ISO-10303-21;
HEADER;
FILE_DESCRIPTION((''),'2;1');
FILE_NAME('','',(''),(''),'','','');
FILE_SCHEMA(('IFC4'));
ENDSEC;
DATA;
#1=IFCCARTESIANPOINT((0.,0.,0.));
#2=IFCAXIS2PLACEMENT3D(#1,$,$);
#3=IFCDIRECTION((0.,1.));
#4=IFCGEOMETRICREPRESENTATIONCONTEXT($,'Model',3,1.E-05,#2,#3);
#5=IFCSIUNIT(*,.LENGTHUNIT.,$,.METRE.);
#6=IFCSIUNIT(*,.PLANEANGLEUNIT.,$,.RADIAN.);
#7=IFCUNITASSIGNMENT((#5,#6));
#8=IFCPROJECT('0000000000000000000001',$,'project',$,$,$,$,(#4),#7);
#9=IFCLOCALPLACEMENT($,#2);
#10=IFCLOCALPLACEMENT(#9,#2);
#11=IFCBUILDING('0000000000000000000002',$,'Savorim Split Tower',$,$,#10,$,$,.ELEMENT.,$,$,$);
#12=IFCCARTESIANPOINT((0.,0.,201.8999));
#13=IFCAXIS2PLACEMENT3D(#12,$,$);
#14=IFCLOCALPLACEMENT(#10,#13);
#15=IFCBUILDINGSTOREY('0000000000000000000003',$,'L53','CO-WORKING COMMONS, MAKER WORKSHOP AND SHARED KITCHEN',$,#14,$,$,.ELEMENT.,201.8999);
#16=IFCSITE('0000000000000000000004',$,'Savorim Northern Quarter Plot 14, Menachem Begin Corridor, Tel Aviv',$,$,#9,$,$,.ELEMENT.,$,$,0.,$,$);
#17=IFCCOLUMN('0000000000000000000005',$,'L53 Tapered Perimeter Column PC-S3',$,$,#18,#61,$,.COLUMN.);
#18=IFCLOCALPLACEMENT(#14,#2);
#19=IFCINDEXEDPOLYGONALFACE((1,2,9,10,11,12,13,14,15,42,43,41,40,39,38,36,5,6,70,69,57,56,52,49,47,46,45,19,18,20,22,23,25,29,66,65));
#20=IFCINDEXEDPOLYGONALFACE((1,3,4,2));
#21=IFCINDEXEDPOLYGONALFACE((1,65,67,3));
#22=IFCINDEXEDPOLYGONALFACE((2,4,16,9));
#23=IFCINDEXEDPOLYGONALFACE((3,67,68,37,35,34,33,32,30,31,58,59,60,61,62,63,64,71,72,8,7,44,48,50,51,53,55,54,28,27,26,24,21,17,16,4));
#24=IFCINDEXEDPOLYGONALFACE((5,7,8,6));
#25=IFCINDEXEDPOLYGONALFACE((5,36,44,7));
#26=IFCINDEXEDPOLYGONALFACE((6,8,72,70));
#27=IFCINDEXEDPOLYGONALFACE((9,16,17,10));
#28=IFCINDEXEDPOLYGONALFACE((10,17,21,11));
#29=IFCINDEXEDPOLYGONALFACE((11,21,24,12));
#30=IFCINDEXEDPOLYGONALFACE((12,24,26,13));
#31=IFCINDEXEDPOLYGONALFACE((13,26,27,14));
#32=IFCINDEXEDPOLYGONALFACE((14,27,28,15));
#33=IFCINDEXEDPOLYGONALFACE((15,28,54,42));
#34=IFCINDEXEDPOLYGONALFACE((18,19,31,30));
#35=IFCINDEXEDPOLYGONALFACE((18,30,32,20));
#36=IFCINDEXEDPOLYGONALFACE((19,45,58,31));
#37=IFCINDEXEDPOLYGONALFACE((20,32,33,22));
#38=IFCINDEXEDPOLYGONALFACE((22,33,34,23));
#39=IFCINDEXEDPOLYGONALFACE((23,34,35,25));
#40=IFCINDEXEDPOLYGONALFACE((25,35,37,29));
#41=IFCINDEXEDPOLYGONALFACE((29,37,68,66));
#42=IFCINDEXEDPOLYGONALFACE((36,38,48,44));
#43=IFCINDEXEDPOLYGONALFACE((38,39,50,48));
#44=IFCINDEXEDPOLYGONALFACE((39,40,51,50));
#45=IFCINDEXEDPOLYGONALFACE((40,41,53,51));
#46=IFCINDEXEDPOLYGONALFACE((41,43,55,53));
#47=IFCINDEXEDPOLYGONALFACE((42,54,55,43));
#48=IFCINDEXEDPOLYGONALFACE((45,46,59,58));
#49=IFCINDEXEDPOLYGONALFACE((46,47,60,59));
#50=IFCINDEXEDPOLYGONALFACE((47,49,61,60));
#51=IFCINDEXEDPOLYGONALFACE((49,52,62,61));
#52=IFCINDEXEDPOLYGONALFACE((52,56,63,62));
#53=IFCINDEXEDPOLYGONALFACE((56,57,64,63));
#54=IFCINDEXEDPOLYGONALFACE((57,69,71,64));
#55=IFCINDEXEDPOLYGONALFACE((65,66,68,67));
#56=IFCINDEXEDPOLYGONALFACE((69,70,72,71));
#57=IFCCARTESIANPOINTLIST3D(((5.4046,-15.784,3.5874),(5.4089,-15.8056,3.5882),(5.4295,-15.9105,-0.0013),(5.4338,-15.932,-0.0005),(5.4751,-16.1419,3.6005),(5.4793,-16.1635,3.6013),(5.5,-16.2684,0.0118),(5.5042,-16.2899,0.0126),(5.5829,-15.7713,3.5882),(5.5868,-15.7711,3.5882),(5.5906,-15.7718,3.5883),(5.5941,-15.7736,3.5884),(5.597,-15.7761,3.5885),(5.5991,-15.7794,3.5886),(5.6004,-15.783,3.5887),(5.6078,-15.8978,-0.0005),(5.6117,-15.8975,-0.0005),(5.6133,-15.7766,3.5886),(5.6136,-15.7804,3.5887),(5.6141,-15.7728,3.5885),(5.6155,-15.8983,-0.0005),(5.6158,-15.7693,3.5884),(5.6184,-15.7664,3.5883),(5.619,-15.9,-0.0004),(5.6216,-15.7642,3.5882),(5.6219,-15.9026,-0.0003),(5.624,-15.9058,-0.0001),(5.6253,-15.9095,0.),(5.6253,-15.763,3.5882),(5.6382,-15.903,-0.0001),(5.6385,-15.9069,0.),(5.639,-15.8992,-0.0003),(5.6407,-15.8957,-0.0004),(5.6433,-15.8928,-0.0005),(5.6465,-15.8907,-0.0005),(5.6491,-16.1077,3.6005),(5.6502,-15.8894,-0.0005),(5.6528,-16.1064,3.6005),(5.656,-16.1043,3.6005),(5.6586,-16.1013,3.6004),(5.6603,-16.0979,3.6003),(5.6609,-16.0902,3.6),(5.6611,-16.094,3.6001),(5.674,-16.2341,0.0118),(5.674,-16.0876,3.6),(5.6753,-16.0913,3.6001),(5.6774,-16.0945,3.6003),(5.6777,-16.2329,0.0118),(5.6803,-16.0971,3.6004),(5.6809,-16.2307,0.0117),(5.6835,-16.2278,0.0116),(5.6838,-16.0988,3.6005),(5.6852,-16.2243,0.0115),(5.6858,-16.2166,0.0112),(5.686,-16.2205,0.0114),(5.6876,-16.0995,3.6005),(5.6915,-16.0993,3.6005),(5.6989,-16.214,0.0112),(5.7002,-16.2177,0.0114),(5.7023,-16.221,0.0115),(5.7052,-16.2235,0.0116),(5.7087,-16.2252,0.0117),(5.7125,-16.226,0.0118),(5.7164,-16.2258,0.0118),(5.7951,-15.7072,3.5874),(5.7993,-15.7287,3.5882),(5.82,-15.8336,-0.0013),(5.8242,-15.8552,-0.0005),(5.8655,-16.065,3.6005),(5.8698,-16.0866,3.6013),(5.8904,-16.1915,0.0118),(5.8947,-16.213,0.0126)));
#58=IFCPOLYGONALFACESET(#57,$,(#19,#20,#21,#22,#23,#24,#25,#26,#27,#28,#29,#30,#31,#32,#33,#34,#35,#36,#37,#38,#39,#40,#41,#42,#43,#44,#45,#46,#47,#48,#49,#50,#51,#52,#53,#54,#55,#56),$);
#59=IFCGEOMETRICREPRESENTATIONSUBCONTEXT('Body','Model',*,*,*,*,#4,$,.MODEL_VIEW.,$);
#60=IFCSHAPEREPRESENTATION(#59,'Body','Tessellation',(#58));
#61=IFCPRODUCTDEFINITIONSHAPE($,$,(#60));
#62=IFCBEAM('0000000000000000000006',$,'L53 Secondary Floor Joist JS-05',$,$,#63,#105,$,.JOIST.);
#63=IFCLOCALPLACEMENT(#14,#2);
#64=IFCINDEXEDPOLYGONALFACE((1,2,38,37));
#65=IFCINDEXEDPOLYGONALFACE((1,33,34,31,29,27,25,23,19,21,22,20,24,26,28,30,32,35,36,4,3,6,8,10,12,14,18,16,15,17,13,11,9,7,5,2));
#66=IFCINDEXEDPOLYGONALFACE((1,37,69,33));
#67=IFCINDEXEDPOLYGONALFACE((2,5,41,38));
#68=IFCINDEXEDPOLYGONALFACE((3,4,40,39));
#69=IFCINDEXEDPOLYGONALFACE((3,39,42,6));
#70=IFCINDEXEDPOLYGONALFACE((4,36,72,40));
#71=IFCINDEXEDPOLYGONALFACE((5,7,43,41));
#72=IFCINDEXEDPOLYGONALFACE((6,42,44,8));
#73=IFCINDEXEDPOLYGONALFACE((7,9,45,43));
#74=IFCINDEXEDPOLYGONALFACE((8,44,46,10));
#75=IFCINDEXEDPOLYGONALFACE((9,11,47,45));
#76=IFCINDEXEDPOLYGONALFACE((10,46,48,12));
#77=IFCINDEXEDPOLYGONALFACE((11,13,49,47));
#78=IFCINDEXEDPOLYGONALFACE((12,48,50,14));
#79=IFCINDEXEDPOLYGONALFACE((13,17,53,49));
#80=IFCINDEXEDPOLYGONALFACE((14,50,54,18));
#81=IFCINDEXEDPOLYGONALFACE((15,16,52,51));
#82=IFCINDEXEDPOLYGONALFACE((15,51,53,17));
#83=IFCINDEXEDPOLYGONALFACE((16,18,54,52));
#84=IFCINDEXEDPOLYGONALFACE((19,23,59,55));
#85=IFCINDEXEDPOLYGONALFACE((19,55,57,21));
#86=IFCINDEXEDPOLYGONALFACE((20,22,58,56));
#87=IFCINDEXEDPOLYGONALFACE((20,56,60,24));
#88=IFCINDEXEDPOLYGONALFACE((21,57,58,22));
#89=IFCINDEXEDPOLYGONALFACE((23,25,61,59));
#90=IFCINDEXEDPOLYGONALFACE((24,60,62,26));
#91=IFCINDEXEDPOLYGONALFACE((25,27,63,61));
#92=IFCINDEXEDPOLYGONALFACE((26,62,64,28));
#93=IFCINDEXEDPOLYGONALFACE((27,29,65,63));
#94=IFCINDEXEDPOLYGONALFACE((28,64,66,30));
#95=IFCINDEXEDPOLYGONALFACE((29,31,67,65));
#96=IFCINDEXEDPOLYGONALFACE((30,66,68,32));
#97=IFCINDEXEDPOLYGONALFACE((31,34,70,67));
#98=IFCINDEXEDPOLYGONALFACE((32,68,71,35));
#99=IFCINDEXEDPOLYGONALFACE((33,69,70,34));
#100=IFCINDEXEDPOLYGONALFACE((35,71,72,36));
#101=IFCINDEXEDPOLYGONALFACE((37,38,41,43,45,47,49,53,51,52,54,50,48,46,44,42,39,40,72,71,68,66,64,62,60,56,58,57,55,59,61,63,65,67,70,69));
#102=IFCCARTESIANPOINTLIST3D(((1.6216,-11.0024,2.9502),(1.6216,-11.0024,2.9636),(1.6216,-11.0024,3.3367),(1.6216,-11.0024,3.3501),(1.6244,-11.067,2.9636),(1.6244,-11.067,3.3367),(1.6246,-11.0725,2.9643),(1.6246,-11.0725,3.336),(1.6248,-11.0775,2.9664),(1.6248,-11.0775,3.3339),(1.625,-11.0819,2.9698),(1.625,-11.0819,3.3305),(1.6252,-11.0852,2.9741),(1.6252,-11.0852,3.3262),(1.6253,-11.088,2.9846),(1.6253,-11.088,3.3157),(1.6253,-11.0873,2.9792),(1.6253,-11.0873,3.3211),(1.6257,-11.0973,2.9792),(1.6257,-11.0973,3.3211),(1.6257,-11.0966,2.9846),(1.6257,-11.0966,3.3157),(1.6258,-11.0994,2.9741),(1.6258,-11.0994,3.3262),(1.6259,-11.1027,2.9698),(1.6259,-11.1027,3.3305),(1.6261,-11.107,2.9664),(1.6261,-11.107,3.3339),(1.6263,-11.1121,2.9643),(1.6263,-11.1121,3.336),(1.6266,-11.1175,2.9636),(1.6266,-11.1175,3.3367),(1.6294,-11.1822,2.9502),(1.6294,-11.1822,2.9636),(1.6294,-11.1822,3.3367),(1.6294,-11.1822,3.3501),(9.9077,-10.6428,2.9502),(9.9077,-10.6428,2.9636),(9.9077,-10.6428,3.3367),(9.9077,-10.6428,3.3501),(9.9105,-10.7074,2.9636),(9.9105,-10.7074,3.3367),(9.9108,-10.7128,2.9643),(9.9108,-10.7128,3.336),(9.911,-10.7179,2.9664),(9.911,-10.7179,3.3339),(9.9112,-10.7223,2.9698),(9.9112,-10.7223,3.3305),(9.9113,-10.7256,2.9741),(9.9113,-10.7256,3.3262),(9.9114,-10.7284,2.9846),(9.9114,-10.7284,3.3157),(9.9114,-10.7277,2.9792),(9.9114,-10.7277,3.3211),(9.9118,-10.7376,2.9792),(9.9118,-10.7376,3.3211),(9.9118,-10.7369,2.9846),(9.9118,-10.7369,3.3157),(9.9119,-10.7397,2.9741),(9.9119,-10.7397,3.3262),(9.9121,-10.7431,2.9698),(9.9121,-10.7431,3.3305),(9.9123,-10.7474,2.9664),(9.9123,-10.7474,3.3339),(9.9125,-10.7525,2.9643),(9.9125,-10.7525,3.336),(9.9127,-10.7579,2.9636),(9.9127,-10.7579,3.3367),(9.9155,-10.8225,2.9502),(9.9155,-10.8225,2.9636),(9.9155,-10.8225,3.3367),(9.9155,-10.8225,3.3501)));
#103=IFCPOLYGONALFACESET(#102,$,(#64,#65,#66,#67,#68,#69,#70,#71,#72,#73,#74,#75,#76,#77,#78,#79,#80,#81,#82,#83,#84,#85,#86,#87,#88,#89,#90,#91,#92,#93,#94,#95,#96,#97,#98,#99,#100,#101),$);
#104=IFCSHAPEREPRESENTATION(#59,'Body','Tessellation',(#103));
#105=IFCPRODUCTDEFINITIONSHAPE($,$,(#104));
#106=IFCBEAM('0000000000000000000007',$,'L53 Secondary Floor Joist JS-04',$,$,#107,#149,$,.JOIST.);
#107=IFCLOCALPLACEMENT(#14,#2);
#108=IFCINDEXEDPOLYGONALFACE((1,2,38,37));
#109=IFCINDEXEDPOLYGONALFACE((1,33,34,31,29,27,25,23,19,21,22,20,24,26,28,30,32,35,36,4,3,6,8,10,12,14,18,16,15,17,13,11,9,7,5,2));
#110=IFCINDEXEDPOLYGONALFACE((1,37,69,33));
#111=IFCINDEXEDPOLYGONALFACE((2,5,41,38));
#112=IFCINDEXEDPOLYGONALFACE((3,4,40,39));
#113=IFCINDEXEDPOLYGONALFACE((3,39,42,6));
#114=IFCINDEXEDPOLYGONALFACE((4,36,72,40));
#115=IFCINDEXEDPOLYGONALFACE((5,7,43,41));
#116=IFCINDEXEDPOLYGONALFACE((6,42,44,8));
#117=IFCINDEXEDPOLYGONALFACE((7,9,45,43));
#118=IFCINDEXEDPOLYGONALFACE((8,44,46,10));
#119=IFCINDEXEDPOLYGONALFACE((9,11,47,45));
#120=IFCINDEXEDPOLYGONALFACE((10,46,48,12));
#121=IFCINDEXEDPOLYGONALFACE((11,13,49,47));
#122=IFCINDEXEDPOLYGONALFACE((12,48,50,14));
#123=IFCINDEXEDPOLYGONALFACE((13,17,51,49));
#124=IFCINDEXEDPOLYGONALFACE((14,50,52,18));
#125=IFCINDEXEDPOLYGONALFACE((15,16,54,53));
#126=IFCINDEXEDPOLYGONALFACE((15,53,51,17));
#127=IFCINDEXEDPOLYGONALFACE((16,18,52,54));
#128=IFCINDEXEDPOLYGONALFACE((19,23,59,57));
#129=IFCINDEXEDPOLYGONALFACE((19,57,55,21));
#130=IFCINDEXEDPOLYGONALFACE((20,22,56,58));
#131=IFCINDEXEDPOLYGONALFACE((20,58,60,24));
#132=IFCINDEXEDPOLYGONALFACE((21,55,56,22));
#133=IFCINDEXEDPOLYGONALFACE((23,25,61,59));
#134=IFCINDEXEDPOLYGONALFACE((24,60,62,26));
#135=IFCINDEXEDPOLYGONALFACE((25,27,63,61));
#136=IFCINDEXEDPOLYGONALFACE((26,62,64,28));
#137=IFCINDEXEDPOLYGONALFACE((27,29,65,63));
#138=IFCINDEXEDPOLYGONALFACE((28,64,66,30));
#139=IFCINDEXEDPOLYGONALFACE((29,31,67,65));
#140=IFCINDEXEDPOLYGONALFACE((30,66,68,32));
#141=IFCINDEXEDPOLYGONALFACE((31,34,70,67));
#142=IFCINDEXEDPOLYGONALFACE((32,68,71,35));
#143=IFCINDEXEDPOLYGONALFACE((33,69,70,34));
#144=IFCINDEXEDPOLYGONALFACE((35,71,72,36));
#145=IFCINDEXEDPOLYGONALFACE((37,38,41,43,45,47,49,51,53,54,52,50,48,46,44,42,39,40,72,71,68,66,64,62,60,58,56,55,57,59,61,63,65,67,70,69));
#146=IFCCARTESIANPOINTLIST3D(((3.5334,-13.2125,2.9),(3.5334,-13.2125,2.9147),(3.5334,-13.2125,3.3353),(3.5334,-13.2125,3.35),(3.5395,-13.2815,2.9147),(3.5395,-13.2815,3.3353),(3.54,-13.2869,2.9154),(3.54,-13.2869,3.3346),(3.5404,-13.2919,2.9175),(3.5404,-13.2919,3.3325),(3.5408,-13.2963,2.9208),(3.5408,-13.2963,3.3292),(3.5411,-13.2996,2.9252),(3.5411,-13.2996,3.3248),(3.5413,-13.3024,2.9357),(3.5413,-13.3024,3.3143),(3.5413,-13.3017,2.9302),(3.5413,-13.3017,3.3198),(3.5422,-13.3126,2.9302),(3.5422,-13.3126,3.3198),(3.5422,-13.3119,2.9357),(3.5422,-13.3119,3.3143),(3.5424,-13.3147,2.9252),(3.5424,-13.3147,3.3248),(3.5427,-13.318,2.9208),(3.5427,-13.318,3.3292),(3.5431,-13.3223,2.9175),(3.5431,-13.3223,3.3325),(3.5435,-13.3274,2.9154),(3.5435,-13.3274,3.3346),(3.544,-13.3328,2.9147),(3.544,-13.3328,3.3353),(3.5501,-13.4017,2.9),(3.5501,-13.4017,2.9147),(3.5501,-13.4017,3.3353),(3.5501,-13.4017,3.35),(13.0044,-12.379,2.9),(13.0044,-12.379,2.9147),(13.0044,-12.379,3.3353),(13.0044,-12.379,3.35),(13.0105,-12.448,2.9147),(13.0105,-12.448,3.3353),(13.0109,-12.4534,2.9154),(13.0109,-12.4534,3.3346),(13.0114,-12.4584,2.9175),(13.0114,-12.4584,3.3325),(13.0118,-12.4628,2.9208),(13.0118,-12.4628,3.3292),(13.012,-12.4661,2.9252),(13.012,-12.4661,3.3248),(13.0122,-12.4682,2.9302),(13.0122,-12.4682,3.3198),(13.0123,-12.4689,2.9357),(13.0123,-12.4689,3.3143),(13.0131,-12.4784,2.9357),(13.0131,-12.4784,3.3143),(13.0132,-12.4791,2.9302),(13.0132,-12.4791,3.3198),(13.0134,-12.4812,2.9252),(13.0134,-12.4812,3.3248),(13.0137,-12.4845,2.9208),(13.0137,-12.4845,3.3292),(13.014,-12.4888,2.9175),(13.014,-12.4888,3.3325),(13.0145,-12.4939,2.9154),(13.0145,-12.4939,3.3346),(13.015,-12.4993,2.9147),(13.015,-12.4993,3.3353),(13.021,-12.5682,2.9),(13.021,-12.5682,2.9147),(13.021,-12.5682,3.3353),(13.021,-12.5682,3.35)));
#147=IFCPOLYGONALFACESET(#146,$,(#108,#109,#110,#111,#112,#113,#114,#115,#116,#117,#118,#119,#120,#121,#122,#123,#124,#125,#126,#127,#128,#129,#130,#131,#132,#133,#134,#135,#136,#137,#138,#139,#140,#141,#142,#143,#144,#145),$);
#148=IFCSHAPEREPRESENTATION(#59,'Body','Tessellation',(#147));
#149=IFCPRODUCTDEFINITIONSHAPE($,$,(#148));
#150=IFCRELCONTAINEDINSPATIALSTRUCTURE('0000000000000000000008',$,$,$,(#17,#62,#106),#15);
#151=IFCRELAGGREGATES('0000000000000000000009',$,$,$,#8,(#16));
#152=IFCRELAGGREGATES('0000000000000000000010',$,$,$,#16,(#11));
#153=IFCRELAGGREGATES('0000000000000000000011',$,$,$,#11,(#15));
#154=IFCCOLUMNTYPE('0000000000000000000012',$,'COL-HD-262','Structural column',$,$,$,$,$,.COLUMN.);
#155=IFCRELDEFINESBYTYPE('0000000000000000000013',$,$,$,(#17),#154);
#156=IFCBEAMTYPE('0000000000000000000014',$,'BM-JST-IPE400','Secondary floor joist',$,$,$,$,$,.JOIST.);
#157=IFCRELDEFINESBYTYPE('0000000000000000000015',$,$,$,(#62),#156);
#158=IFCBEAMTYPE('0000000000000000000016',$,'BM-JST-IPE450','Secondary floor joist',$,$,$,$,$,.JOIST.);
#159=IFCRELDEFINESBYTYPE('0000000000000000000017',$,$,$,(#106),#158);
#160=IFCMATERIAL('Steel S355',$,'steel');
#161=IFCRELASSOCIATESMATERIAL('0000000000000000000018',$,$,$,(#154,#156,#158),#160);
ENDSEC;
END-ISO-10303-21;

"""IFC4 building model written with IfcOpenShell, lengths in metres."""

from ifc_helpers import new_model, si_unit, direction, frame, origin, origin_2d, place, context, subcontext, project, spatial, i_section, extrude, material, material_profile, profile_set, type_object, element, save


model = new_model("IFC4")

# Units and contexts
model_context = context("Model", 3, precision=1e-05, world=origin(), true_north=direction((0.0, 1.0)))
body_context = subcontext(model_context, "Body", "Model", "MODEL_VIEW")
ifc_project = project(units=[si_unit("LENGTHUNIT", "METRE"), si_unit("PLANEANGLEUNIT", "RADIAN")], contexts=[model_context])

# Site, building, storey
site_placement = place(None, origin())
site = spatial("IfcSite", under=ifc_project, at=site_placement, Name="Savorim Northern Quarter Plot 14, Menachem Begin Corridor, Tel Aviv", CompositionType="ELEMENT", RefElevation=0.0)
building_placement = place(site_placement, origin())
building = spatial("IfcBuilding", under=site, at=building_placement, Name="Savorim Split Tower", CompositionType="ELEMENT")
storey_placement = place(building_placement, frame((0.0, 0.0, 201.8999)))
storey = spatial("IfcBuildingStorey", under=building, at=storey_placement, Name="L53", Description="CO-WORKING COMMONS, MAKER WORKSHOP AND SHARED KITCHEN", CompositionType="ELEMENT", Elevation=201.8999)

# Column
ifc_material_1 = material(Name="Steel S355", Category="steel")
ifc_material_profile_1 = material_profile(ifc_material_1, i_section(OverallWidth=0.3979, OverallDepth=0.387, WebThickness=0.0134, FlangeThickness=0.022, FilletRadius=0.0149, at=origin_2d()), Name="HD 400x262")
ifc_profile_set_1 = profile_set([ifc_material_profile_1], Name="Steel S355")
column_type = type_object("IfcColumnType", Name="COL-HD-262", Description="Structural column", PredefinedType="COLUMN", material=ifc_profile_set_1)
column_placement = place(storey_placement, frame((5.6621, -16.0618, 0.0056), z_axis=(-0.006934, 0.035215, 0.999356), x_axis=(-0.981159, -0.193201, 0.0)))
element("IfcColumn", 1, at=column_placement, inside=storey, type_object=column_type, Name="L53 Tapered Perimeter Column PC-S3", PredefinedType="COLUMN", context=body_context, shape_type="SweptSolid", body=[
    extrude(i_section(OverallWidth=0.3979, OverallDepth=0.387, WebThickness=0.0134, FlangeThickness=0.022, FilletRadius=0.0149, at=origin_2d()), origin(), (0.0, 0.0, 1.0), 3.5911),
])

# Beams
ifc_material_profile_2 = material_profile(ifc_material_1, i_section(OverallWidth=0.1799, OverallDepth=0.3999, WebThickness=0.0085, FlangeThickness=0.0134, FilletRadius=0.021, at=origin_2d()), Name="IPE 400")
ifc_profile_set_2 = profile_set([ifc_material_profile_2], Name="Steel S355")
beam_type_1 = type_object("IfcBeamType", Name="BM-JST-IPE400", Description="Secondary floor joist", PredefinedType="JOIST", material=ifc_profile_set_2)
beam_1_placement = place(storey_placement, frame((1.6255, -11.0923, 3.1501), z_axis=(0.99906, 0.043359, 0.0), x_axis=(-0.043359, 0.99906, 0.0)))
element("IfcBeam", 2, at=beam_1_placement, inside=storey, type_object=beam_type_1, Name="L53 Secondary Floor Joist JS-05", PredefinedType="JOIST", context=body_context, shape_type="SweptSolid", body=[
    extrude(i_section(OverallWidth=0.1799, OverallDepth=0.3999, WebThickness=0.0085, FlangeThickness=0.0134, FilletRadius=0.021, at=origin_2d()), origin(), (0.0, 0.0, 1.0), 8.2939),
])
ifc_material_profile_3 = material_profile(ifc_material_1, i_section(OverallWidth=0.1899, OverallDepth=0.45, WebThickness=0.0095, FlangeThickness=0.0146, FilletRadius=0.021, at=origin_2d()), Name="IPE 450")
ifc_profile_set_3 = profile_set([ifc_material_profile_3], Name="Steel S355")
beam_type_2 = type_object("IfcBeamType", Name="BM-JST-IPE450", Description="Secondary floor joist", PredefinedType="JOIST", material=ifc_profile_set_3)
beam_2_placement = place(storey_placement, frame((3.5417, -13.3071, 3.125), z_axis=(0.99615, 0.087667, 0.0), x_axis=(-0.087667, 0.99615, 0.0)))
element("IfcBeam", 3, at=beam_2_placement, inside=storey, type_object=beam_type_2, Name="L53 Secondary Floor Joist JS-04", PredefinedType="JOIST", context=body_context, shape_type="SweptSolid", body=[
    extrude(i_section(OverallWidth=0.1899, OverallDepth=0.45, WebThickness=0.0095, FlangeThickness=0.0146, FilletRadius=0.021, at=origin_2d()), origin(), (0.0, 0.0, 1.0), 9.5076),
])

save(model, "model.ifc")
